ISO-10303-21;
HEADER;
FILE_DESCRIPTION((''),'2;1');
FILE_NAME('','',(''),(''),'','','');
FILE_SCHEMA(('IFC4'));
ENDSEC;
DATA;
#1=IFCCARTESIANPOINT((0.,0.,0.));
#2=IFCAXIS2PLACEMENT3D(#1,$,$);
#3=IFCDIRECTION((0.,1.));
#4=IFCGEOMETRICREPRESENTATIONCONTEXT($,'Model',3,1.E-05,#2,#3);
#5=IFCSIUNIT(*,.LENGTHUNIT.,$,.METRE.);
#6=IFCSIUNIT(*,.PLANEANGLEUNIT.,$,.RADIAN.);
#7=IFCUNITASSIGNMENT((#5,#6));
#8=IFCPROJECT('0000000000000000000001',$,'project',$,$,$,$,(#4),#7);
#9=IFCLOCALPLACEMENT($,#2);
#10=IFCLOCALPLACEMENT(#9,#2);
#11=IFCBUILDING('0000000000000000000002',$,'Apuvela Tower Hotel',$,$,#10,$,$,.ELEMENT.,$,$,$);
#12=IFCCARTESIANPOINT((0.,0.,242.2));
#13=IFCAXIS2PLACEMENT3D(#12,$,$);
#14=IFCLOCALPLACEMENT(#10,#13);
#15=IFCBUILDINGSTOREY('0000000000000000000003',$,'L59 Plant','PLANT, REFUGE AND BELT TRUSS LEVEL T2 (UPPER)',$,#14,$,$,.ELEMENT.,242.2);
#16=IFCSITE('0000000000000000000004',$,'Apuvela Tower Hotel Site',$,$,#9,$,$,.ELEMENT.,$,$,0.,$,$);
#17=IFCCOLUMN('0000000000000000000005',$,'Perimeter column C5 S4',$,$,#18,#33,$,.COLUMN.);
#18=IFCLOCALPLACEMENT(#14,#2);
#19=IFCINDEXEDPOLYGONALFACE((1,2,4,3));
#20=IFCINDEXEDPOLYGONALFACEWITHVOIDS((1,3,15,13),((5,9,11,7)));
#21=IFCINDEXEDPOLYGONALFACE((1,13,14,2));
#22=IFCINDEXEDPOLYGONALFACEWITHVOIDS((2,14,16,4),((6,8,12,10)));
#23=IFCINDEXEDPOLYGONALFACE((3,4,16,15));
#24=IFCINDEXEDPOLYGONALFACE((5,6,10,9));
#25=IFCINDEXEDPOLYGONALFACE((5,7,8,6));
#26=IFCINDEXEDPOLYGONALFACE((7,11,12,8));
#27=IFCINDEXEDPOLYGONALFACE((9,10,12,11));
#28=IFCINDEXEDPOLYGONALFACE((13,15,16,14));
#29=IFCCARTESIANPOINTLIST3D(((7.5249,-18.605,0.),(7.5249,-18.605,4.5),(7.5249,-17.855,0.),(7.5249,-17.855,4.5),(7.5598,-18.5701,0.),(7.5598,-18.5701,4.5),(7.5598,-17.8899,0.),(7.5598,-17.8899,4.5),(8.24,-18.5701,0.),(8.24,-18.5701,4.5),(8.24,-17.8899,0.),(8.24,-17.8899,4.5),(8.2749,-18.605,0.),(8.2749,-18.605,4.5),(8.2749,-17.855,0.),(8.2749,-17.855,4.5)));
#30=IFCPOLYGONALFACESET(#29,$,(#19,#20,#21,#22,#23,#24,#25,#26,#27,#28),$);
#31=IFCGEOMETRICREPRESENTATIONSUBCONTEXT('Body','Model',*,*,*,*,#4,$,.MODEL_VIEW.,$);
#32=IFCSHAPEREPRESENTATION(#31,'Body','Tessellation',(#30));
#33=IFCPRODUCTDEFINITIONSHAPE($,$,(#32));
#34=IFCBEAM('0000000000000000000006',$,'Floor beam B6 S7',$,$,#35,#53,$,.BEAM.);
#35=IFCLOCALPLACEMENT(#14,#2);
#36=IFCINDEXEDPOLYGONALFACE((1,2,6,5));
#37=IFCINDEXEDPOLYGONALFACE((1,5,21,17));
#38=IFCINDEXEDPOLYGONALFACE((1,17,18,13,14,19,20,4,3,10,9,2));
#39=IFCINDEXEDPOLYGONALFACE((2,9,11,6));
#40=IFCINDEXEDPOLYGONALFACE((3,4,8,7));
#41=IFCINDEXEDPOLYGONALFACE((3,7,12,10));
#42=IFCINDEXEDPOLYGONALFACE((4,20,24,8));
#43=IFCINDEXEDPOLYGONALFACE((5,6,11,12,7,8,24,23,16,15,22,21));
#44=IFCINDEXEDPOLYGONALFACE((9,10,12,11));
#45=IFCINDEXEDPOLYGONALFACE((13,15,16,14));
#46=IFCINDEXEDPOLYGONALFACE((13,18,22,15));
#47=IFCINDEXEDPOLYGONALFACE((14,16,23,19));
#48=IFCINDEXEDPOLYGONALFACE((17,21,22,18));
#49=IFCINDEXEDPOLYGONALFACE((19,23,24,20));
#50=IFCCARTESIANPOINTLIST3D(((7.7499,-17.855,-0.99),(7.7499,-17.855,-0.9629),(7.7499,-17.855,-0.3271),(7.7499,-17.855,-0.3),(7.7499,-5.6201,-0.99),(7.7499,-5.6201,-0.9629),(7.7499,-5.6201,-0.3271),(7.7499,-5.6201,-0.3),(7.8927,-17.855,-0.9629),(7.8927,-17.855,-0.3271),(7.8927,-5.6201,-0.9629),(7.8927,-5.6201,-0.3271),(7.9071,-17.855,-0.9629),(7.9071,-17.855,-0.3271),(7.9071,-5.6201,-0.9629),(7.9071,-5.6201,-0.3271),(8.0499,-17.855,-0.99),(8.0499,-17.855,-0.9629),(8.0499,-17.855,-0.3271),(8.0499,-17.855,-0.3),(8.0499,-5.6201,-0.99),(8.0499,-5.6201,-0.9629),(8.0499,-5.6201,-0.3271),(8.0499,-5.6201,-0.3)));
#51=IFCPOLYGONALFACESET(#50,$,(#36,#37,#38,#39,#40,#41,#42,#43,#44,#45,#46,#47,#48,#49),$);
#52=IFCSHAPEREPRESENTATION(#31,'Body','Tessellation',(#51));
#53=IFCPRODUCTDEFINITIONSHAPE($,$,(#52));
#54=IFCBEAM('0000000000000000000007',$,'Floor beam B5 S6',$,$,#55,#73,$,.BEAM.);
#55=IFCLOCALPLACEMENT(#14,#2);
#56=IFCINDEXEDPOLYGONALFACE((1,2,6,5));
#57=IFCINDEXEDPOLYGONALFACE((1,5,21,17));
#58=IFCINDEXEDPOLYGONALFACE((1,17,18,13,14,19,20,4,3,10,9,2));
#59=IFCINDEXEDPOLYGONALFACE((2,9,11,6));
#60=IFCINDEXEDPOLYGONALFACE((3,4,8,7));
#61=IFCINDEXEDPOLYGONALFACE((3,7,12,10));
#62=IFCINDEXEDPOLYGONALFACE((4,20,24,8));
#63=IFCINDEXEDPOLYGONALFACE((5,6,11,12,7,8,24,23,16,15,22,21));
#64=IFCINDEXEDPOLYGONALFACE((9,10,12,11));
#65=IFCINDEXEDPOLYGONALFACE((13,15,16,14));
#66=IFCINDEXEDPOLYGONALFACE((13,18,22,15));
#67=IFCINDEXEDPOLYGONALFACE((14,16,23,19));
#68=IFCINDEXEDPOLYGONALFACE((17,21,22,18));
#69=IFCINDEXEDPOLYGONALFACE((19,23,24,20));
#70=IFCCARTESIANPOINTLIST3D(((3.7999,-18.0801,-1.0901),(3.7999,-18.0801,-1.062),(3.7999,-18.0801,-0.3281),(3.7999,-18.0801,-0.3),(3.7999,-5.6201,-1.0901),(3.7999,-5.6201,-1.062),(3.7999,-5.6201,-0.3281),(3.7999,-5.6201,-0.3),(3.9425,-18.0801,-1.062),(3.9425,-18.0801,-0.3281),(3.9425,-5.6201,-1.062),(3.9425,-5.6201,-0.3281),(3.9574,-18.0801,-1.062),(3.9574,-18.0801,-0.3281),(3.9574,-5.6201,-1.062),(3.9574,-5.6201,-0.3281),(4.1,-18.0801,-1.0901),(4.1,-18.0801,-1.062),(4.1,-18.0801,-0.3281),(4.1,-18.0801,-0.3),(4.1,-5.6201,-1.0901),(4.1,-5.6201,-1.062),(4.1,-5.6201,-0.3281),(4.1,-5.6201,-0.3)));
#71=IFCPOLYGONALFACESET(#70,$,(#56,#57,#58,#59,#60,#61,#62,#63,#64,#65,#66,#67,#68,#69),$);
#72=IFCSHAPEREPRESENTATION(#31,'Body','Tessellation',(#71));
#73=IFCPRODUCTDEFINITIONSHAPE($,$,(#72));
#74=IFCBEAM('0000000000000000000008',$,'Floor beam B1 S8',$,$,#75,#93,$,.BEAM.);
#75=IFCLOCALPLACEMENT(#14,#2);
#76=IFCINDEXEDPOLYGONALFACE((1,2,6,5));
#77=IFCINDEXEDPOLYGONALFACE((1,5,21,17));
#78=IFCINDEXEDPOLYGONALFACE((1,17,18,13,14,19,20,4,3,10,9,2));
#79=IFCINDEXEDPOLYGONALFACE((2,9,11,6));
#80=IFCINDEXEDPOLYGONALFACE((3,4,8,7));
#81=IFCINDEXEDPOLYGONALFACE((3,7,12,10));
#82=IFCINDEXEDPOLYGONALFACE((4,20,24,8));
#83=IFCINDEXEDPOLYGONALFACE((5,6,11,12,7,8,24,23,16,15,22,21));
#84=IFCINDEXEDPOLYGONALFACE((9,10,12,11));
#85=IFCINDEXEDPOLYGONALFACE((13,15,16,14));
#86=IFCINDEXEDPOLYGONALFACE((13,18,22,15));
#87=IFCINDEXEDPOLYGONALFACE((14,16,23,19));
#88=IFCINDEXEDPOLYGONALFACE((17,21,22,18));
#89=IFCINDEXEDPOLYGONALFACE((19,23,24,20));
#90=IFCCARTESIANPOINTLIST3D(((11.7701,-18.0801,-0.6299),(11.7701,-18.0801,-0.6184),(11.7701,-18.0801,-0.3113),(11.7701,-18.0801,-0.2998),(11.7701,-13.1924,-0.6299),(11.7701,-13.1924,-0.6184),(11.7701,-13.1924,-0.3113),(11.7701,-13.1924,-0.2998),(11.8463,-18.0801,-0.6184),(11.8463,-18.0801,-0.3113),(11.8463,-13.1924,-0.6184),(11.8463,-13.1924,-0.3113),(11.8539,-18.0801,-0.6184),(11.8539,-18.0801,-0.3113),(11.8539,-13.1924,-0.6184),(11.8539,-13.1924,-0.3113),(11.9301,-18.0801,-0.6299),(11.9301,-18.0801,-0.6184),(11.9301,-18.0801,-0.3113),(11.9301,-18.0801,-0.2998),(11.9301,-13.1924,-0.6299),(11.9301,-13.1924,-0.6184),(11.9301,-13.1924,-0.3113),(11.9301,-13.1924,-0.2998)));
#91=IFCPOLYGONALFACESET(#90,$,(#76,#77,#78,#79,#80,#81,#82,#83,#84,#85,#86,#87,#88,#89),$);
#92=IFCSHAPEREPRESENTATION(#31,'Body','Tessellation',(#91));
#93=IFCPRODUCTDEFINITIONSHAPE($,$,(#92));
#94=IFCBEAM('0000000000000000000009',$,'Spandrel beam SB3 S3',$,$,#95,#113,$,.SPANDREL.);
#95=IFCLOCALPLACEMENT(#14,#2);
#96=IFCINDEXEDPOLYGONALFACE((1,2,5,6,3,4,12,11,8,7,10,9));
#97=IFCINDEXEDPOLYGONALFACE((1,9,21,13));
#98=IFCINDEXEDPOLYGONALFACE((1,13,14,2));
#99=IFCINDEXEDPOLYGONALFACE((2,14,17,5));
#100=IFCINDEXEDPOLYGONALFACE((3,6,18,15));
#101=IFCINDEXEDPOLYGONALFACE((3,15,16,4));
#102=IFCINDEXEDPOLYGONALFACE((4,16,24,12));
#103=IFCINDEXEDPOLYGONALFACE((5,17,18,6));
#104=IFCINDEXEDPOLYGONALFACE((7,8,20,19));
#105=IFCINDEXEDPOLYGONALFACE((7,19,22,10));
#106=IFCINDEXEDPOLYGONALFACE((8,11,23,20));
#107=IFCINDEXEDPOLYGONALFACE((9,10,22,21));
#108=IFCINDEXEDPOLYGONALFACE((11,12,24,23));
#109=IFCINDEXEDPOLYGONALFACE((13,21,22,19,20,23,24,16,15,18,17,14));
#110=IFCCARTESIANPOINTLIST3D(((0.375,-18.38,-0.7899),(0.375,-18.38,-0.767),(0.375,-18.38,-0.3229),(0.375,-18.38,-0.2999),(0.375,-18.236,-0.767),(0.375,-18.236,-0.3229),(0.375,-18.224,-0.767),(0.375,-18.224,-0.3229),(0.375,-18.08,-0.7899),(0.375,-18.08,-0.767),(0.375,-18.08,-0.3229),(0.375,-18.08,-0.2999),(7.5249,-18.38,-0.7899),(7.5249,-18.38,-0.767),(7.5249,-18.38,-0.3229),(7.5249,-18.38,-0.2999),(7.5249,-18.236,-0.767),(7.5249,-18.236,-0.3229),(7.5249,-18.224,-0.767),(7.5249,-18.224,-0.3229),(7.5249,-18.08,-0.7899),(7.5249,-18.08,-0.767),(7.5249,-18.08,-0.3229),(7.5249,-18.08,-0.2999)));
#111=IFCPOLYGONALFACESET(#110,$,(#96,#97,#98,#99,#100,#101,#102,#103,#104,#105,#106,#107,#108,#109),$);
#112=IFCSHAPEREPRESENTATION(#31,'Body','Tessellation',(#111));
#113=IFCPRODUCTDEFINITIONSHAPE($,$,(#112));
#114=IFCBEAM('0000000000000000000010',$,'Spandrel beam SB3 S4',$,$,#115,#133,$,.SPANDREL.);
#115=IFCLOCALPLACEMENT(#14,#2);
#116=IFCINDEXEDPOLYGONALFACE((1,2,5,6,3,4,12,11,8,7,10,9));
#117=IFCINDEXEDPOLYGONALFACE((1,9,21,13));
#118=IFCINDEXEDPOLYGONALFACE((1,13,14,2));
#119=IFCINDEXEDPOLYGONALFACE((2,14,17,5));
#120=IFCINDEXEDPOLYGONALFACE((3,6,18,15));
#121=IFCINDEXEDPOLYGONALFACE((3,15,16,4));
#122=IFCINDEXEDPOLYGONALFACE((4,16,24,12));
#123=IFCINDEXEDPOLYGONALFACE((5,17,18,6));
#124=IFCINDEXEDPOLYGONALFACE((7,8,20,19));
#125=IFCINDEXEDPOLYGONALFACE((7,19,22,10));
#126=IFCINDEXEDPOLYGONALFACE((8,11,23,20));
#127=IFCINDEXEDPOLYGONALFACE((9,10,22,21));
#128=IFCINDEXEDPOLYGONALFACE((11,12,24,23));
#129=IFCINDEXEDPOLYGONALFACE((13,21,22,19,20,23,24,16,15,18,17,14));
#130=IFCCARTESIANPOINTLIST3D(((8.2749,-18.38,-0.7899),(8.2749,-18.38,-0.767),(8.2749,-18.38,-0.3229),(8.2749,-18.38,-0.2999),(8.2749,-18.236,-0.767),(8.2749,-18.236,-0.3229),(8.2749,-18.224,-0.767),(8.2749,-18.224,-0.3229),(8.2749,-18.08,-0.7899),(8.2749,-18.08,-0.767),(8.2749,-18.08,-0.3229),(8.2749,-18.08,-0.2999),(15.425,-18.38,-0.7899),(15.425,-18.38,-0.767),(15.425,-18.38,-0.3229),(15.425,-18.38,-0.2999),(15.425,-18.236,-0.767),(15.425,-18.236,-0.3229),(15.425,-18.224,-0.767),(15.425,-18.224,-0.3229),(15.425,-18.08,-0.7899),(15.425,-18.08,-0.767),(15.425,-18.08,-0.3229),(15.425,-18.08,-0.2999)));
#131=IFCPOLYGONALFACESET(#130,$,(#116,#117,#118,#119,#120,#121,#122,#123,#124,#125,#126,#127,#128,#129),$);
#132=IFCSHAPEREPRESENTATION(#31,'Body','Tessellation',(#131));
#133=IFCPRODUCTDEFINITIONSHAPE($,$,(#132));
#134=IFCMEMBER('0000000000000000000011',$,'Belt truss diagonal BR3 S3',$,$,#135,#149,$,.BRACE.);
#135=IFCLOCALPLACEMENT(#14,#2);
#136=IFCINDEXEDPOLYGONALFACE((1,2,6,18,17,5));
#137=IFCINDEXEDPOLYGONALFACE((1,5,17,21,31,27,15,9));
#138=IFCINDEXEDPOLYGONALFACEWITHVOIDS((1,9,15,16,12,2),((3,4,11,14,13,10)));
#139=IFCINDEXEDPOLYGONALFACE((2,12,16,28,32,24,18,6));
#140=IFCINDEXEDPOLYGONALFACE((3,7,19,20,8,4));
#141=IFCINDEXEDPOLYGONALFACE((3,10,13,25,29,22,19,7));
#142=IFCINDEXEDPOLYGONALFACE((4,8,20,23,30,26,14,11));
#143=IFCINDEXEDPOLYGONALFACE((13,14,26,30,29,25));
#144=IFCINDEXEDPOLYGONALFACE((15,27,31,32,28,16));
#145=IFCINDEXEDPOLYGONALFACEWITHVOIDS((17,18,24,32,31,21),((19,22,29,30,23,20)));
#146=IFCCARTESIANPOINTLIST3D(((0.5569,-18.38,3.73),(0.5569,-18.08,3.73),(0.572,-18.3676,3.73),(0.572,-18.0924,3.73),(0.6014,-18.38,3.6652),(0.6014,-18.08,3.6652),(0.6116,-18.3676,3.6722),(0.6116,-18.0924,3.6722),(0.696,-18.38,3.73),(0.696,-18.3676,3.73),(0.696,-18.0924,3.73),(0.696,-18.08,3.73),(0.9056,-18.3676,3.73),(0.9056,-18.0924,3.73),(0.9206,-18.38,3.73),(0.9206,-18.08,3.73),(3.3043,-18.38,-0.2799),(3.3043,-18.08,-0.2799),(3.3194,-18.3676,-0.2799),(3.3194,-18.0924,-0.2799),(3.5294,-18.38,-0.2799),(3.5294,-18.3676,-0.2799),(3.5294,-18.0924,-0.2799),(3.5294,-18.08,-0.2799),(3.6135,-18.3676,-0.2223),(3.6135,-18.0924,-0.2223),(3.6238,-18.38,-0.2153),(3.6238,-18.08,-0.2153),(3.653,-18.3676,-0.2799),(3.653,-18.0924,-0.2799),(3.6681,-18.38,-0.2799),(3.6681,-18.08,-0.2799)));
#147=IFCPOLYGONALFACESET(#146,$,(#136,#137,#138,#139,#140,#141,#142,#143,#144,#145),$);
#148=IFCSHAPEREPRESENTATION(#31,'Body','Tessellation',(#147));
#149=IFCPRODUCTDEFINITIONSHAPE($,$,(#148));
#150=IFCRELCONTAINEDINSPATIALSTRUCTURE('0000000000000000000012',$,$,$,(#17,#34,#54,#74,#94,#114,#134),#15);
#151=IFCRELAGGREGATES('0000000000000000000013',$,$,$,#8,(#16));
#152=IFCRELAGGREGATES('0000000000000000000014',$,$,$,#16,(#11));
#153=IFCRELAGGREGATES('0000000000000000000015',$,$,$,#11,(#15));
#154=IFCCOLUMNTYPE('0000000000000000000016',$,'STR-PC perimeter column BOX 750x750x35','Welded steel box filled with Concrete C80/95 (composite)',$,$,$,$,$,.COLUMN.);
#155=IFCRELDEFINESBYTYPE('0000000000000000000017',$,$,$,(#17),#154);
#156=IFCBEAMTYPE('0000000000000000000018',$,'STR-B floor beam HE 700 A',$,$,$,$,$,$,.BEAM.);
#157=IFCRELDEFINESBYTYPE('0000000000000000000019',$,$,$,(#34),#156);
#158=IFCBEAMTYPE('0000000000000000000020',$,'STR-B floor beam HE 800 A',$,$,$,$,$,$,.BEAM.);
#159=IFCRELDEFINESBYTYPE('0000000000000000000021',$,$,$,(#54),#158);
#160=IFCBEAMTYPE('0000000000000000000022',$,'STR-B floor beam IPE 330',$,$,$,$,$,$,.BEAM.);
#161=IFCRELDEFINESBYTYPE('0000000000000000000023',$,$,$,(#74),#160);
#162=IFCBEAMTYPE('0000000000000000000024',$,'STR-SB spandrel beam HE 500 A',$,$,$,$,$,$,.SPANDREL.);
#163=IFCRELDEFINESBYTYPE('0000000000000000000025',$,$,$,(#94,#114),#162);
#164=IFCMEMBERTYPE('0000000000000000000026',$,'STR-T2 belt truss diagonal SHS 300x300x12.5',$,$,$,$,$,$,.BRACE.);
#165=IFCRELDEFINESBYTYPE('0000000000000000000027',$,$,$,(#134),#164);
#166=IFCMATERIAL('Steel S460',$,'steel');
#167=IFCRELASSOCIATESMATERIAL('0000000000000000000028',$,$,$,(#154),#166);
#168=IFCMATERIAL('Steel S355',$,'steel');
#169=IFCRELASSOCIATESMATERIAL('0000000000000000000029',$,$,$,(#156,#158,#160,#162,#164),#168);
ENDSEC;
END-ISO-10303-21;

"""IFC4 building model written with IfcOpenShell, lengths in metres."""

from ifc_helpers import new_model, si_unit, direction, frame, origin, origin_2d, place, context, subcontext, project, spatial, rectangle, hollow_rectangle, i_section, extrude, boolean, halfspace, material, material_profile, profile_set, type_object, element, save


model = new_model("IFC4")

# Units and contexts
model_context = context("Model", 3, precision=1e-05, world=origin(), true_north=direction((0.0, 1.0)))
body_context = subcontext(model_context, "Body", "Model", "MODEL_VIEW")
ifc_project = project(units=[si_unit("LENGTHUNIT", "METRE"), si_unit("PLANEANGLEUNIT", "RADIAN")], contexts=[model_context])

# Site, building, storey
site_placement = place(None, origin())
site = spatial("IfcSite", under=ifc_project, at=site_placement, Name="Apuvela Tower Hotel Site", CompositionType="ELEMENT", RefElevation=0.0)
building_placement = place(site_placement, origin())
building = spatial("IfcBuilding", under=site, at=building_placement, Name="Apuvela Tower Hotel", CompositionType="ELEMENT")
storey_placement = place(building_placement, frame((0.0, 0.0, 242.2)))
storey = spatial("IfcBuildingStorey", under=building, at=storey_placement, Name="L59 Plant", Description="PLANT, REFUGE AND BELT TRUSS LEVEL T2 (UPPER)", CompositionType="ELEMENT", Elevation=242.2)

# Column
ifc_material_1 = material(Name="Steel S460", Category="steel")
ifc_material_profile_1 = material_profile(ifc_material_1, hollow_rectangle(XDim=0.75, YDim=0.75, WallThickness=0.0349, at=origin_2d()), Name="BOX 750x750x35")
ifc_material_2 = material(Name="Concrete C80/95", Category="concrete")
ifc_material_profile_2 = material_profile(ifc_material_2, rectangle(XDim=0.6799, YDim=0.6799, at=origin_2d()), Name="Concrete C80/95 infill")
ifc_profile_set_1 = profile_set([ifc_material_profile_1, ifc_material_profile_2], Name="Steel S460")
column_type = type_object("IfcColumnType", Name="STR-PC perimeter column BOX 750x750x35", Description="Welded steel box filled with Concrete C80/95 (composite)", PredefinedType="COLUMN", material=ifc_profile_set_1)
column_placement = place(storey_placement, frame((7.8999, -18.23, 0.0), z_axis=(0.0, 0.0, 1.0), x_axis=(-1.0, 0.0, 0.0)))
element("IfcColumn", 1, at=column_placement, inside=storey, type_object=column_type, Name="Perimeter column C5 S4", PredefinedType="COLUMN", context=body_context, shape_type="SweptSolid", body=[
    extrude(hollow_rectangle(XDim=0.75, YDim=0.75, WallThickness=0.0349, at=origin_2d()), origin(), (0.0, 0.0, 1.0), 4.5),
])

# Beams
ifc_material_3 = material(Name="Steel S355", Category="steel")
ifc_material_profile_3 = material_profile(ifc_material_3, i_section(OverallWidth=0.3, OverallDepth=0.6899, WebThickness=0.0144, FlangeThickness=0.0271, at=origin_2d()), Name="HE 700 A")
ifc_profile_set_2 = profile_set([ifc_material_profile_3], Name="Steel S355")
beam_type_1 = type_object("IfcBeamType", Name="STR-B floor beam HE 700 A", PredefinedType="BEAM", material=ifc_profile_set_2)
beam_1_placement = place(storey_placement, frame((7.8999, -17.855, -0.645), z_axis=(0.0, 1.0, 0.0), x_axis=(-1.0, 0.0, 0.0)))
element("IfcBeam", 2, at=beam_1_placement, inside=storey, type_object=beam_type_1, Name="Floor beam B6 S7", PredefinedType="BEAM", context=body_context, shape_type="SweptSolid", body=[
    extrude(i_section(OverallWidth=0.3, OverallDepth=0.6899, WebThickness=0.0144, FlangeThickness=0.0271, at=origin_2d()), origin(), (0.0, 0.0, 1.0), 12.2349),
])
ifc_material_profile_4 = material_profile(ifc_material_3, i_section(OverallWidth=0.3, OverallDepth=0.79, WebThickness=0.0149, FlangeThickness=0.0281, at=origin_2d()), Name="HE 800 A")
ifc_profile_set_3 = profile_set([ifc_material_profile_4], Name="Steel S355")
beam_type_2 = type_object("IfcBeamType", Name="STR-B floor beam HE 800 A", PredefinedType="BEAM", material=ifc_profile_set_3)
beam_2_placement = place(storey_placement, frame((3.95, -18.0801, -0.6951), z_axis=(0.0, 1.0, 0.0), x_axis=(-1.0, 0.0, 0.0)))
element("IfcBeam", 3, at=beam_2_placement, inside=storey, type_object=beam_type_2, Name="Floor beam B5 S6", PredefinedType="BEAM", context=body_context, shape_type="SweptSolid", body=[
    extrude(i_section(OverallWidth=0.3, OverallDepth=0.79, WebThickness=0.0149, FlangeThickness=0.0281, at=origin_2d()), origin(), (0.0, 0.0, 1.0), 12.46),
])
ifc_material_profile_5 = material_profile(ifc_material_3, i_section(OverallWidth=0.1599, OverallDepth=0.3301, WebThickness=0.0076, FlangeThickness=0.0115, at=origin_2d()), Name="IPE 330")
ifc_profile_set_4 = profile_set([ifc_material_profile_5], Name="Steel S355")
beam_type_3 = type_object("IfcBeamType", Name="STR-B floor beam IPE 330", PredefinedType="BEAM", material=ifc_profile_set_4)
beam_3_placement = place(storey_placement, frame((11.8501, -18.0801, -0.4648), z_axis=(0.0, 1.0, 0.0), x_axis=(-1.0, 0.0, 0.0)))
element("IfcBeam", 4, at=beam_3_placement, inside=storey, type_object=beam_type_3, Name="Floor beam B1 S8", PredefinedType="BEAM", context=body_context, shape_type="SweptSolid", body=[
    extrude(i_section(OverallWidth=0.1599, OverallDepth=0.3301, WebThickness=0.0076, FlangeThickness=0.0115, at=origin_2d()), origin(), (0.0, 0.0, 1.0), 4.8877),
])
ifc_material_profile_6 = material_profile(ifc_material_3, i_section(OverallWidth=0.3, OverallDepth=0.49, WebThickness=0.012, FlangeThickness=0.0229, at=origin_2d()), Name="HE 500 A")
ifc_profile_set_5 = profile_set([ifc_material_profile_6], Name="Steel S355")
beam_type_4 = type_object("IfcBeamType", Name="STR-SB spandrel beam HE 500 A", PredefinedType="SPANDREL", material=ifc_profile_set_5)
beam_4_placement = place(storey_placement, frame((0.375, -18.23, -0.5449), z_axis=(1.0, 0.0, 0.0), x_axis=(0.0, 1.0, 0.0)))
element("IfcBeam", 5, at=beam_4_placement, inside=storey, type_object=beam_type_4, Name="Spandrel beam SB3 S3", PredefinedType="SPANDREL", context=body_context, shape_type="SweptSolid", body=[
    extrude(i_section(OverallWidth=0.3, OverallDepth=0.49, WebThickness=0.012, FlangeThickness=0.0229, at=origin_2d()), origin(), (0.0, 0.0, 1.0), 7.1499),
])
beam_5_placement = place(storey_placement, frame((8.2749, -18.23, -0.5449), z_axis=(1.0, 0.0, 0.0), x_axis=(0.0, 1.0, 0.0)))
element("IfcBeam", 6, at=beam_5_placement, inside=storey, type_object=beam_type_4, Name="Spandrel beam SB3 S4", PredefinedType="SPANDREL", context=body_context, shape_type="SweptSolid", body=[
    extrude(i_section(OverallWidth=0.3, OverallDepth=0.49, WebThickness=0.012, FlangeThickness=0.0229, at=origin_2d()), origin(), (0.0, 0.0, 1.0), 7.1501),
])

# Member
ifc_material_profile_7 = material_profile(ifc_material_3, hollow_rectangle(XDim=0.3, YDim=0.3, WallThickness=0.0125, at=origin_2d()), Name="SHS 300x300x12.5")
ifc_profile_set_6 = profile_set([ifc_material_profile_7], Name="Steel S355")
member_type = type_object("IfcMemberType", Name="STR-T2 belt truss diagonal SHS 300x300x12.5", PredefinedType="BRACE", material=ifc_profile_set_6)
member_1_placement = place(storey_placement, frame((3.5, -18.23, -0.3), z_axis=(-0.565213, 0.0, 0.824945), x_axis=(0.824945, 0.0, 0.565213)))
solid_1 = boolean("DIFFERENCE", boolean("DIFFERENCE", extrude(hollow_rectangle(XDim=0.3, YDim=0.3, WallThickness=0.0125, at=origin_2d()), frame((0.0, 0.0, -0.2229)), (0.0, 0.0, 1.0), 5.355), halfspace(frame((0.0, 0.0, 0.0244), z_axis=(0.565213, 0.0, 0.824945), x_axis=(0.824945, 0.0, -0.565213)), True)), halfspace(frame((0.0, 0.0, 4.8853), z_axis=(0.565213, 0.0, 0.824945), x_axis=(0.824945, 0.0, -0.565213)), False))
element("IfcMember", 7, at=member_1_placement, inside=storey, type_object=member_type, Name="Belt truss diagonal BR3 S3", PredefinedType="BRACE", context=body_context, shape_type="SweptSolid", body=[
    boolean("UNION", boolean("DIFFERENCE", boolean("DIFFERENCE", extrude(hollow_rectangle(XDim=0.3, YDim=0.3, WallThickness=0.0125, at=origin_2d()), origin(), (0.0, 0.0, 1.0), 4.9094), halfspace(frame((0.0, 0.0, 0.0244), z_axis=(0.565213, 0.0, 0.824945), x_axis=(0.824945, 0.0, -0.565213)), True)), halfspace(frame((0.0, 0.0, 4.8853), z_axis=(0.565213, 0.0, 0.824945), x_axis=(0.824945, 0.0, -0.565213)), False)), solid_1),
])

save(model, "model.ifc")
